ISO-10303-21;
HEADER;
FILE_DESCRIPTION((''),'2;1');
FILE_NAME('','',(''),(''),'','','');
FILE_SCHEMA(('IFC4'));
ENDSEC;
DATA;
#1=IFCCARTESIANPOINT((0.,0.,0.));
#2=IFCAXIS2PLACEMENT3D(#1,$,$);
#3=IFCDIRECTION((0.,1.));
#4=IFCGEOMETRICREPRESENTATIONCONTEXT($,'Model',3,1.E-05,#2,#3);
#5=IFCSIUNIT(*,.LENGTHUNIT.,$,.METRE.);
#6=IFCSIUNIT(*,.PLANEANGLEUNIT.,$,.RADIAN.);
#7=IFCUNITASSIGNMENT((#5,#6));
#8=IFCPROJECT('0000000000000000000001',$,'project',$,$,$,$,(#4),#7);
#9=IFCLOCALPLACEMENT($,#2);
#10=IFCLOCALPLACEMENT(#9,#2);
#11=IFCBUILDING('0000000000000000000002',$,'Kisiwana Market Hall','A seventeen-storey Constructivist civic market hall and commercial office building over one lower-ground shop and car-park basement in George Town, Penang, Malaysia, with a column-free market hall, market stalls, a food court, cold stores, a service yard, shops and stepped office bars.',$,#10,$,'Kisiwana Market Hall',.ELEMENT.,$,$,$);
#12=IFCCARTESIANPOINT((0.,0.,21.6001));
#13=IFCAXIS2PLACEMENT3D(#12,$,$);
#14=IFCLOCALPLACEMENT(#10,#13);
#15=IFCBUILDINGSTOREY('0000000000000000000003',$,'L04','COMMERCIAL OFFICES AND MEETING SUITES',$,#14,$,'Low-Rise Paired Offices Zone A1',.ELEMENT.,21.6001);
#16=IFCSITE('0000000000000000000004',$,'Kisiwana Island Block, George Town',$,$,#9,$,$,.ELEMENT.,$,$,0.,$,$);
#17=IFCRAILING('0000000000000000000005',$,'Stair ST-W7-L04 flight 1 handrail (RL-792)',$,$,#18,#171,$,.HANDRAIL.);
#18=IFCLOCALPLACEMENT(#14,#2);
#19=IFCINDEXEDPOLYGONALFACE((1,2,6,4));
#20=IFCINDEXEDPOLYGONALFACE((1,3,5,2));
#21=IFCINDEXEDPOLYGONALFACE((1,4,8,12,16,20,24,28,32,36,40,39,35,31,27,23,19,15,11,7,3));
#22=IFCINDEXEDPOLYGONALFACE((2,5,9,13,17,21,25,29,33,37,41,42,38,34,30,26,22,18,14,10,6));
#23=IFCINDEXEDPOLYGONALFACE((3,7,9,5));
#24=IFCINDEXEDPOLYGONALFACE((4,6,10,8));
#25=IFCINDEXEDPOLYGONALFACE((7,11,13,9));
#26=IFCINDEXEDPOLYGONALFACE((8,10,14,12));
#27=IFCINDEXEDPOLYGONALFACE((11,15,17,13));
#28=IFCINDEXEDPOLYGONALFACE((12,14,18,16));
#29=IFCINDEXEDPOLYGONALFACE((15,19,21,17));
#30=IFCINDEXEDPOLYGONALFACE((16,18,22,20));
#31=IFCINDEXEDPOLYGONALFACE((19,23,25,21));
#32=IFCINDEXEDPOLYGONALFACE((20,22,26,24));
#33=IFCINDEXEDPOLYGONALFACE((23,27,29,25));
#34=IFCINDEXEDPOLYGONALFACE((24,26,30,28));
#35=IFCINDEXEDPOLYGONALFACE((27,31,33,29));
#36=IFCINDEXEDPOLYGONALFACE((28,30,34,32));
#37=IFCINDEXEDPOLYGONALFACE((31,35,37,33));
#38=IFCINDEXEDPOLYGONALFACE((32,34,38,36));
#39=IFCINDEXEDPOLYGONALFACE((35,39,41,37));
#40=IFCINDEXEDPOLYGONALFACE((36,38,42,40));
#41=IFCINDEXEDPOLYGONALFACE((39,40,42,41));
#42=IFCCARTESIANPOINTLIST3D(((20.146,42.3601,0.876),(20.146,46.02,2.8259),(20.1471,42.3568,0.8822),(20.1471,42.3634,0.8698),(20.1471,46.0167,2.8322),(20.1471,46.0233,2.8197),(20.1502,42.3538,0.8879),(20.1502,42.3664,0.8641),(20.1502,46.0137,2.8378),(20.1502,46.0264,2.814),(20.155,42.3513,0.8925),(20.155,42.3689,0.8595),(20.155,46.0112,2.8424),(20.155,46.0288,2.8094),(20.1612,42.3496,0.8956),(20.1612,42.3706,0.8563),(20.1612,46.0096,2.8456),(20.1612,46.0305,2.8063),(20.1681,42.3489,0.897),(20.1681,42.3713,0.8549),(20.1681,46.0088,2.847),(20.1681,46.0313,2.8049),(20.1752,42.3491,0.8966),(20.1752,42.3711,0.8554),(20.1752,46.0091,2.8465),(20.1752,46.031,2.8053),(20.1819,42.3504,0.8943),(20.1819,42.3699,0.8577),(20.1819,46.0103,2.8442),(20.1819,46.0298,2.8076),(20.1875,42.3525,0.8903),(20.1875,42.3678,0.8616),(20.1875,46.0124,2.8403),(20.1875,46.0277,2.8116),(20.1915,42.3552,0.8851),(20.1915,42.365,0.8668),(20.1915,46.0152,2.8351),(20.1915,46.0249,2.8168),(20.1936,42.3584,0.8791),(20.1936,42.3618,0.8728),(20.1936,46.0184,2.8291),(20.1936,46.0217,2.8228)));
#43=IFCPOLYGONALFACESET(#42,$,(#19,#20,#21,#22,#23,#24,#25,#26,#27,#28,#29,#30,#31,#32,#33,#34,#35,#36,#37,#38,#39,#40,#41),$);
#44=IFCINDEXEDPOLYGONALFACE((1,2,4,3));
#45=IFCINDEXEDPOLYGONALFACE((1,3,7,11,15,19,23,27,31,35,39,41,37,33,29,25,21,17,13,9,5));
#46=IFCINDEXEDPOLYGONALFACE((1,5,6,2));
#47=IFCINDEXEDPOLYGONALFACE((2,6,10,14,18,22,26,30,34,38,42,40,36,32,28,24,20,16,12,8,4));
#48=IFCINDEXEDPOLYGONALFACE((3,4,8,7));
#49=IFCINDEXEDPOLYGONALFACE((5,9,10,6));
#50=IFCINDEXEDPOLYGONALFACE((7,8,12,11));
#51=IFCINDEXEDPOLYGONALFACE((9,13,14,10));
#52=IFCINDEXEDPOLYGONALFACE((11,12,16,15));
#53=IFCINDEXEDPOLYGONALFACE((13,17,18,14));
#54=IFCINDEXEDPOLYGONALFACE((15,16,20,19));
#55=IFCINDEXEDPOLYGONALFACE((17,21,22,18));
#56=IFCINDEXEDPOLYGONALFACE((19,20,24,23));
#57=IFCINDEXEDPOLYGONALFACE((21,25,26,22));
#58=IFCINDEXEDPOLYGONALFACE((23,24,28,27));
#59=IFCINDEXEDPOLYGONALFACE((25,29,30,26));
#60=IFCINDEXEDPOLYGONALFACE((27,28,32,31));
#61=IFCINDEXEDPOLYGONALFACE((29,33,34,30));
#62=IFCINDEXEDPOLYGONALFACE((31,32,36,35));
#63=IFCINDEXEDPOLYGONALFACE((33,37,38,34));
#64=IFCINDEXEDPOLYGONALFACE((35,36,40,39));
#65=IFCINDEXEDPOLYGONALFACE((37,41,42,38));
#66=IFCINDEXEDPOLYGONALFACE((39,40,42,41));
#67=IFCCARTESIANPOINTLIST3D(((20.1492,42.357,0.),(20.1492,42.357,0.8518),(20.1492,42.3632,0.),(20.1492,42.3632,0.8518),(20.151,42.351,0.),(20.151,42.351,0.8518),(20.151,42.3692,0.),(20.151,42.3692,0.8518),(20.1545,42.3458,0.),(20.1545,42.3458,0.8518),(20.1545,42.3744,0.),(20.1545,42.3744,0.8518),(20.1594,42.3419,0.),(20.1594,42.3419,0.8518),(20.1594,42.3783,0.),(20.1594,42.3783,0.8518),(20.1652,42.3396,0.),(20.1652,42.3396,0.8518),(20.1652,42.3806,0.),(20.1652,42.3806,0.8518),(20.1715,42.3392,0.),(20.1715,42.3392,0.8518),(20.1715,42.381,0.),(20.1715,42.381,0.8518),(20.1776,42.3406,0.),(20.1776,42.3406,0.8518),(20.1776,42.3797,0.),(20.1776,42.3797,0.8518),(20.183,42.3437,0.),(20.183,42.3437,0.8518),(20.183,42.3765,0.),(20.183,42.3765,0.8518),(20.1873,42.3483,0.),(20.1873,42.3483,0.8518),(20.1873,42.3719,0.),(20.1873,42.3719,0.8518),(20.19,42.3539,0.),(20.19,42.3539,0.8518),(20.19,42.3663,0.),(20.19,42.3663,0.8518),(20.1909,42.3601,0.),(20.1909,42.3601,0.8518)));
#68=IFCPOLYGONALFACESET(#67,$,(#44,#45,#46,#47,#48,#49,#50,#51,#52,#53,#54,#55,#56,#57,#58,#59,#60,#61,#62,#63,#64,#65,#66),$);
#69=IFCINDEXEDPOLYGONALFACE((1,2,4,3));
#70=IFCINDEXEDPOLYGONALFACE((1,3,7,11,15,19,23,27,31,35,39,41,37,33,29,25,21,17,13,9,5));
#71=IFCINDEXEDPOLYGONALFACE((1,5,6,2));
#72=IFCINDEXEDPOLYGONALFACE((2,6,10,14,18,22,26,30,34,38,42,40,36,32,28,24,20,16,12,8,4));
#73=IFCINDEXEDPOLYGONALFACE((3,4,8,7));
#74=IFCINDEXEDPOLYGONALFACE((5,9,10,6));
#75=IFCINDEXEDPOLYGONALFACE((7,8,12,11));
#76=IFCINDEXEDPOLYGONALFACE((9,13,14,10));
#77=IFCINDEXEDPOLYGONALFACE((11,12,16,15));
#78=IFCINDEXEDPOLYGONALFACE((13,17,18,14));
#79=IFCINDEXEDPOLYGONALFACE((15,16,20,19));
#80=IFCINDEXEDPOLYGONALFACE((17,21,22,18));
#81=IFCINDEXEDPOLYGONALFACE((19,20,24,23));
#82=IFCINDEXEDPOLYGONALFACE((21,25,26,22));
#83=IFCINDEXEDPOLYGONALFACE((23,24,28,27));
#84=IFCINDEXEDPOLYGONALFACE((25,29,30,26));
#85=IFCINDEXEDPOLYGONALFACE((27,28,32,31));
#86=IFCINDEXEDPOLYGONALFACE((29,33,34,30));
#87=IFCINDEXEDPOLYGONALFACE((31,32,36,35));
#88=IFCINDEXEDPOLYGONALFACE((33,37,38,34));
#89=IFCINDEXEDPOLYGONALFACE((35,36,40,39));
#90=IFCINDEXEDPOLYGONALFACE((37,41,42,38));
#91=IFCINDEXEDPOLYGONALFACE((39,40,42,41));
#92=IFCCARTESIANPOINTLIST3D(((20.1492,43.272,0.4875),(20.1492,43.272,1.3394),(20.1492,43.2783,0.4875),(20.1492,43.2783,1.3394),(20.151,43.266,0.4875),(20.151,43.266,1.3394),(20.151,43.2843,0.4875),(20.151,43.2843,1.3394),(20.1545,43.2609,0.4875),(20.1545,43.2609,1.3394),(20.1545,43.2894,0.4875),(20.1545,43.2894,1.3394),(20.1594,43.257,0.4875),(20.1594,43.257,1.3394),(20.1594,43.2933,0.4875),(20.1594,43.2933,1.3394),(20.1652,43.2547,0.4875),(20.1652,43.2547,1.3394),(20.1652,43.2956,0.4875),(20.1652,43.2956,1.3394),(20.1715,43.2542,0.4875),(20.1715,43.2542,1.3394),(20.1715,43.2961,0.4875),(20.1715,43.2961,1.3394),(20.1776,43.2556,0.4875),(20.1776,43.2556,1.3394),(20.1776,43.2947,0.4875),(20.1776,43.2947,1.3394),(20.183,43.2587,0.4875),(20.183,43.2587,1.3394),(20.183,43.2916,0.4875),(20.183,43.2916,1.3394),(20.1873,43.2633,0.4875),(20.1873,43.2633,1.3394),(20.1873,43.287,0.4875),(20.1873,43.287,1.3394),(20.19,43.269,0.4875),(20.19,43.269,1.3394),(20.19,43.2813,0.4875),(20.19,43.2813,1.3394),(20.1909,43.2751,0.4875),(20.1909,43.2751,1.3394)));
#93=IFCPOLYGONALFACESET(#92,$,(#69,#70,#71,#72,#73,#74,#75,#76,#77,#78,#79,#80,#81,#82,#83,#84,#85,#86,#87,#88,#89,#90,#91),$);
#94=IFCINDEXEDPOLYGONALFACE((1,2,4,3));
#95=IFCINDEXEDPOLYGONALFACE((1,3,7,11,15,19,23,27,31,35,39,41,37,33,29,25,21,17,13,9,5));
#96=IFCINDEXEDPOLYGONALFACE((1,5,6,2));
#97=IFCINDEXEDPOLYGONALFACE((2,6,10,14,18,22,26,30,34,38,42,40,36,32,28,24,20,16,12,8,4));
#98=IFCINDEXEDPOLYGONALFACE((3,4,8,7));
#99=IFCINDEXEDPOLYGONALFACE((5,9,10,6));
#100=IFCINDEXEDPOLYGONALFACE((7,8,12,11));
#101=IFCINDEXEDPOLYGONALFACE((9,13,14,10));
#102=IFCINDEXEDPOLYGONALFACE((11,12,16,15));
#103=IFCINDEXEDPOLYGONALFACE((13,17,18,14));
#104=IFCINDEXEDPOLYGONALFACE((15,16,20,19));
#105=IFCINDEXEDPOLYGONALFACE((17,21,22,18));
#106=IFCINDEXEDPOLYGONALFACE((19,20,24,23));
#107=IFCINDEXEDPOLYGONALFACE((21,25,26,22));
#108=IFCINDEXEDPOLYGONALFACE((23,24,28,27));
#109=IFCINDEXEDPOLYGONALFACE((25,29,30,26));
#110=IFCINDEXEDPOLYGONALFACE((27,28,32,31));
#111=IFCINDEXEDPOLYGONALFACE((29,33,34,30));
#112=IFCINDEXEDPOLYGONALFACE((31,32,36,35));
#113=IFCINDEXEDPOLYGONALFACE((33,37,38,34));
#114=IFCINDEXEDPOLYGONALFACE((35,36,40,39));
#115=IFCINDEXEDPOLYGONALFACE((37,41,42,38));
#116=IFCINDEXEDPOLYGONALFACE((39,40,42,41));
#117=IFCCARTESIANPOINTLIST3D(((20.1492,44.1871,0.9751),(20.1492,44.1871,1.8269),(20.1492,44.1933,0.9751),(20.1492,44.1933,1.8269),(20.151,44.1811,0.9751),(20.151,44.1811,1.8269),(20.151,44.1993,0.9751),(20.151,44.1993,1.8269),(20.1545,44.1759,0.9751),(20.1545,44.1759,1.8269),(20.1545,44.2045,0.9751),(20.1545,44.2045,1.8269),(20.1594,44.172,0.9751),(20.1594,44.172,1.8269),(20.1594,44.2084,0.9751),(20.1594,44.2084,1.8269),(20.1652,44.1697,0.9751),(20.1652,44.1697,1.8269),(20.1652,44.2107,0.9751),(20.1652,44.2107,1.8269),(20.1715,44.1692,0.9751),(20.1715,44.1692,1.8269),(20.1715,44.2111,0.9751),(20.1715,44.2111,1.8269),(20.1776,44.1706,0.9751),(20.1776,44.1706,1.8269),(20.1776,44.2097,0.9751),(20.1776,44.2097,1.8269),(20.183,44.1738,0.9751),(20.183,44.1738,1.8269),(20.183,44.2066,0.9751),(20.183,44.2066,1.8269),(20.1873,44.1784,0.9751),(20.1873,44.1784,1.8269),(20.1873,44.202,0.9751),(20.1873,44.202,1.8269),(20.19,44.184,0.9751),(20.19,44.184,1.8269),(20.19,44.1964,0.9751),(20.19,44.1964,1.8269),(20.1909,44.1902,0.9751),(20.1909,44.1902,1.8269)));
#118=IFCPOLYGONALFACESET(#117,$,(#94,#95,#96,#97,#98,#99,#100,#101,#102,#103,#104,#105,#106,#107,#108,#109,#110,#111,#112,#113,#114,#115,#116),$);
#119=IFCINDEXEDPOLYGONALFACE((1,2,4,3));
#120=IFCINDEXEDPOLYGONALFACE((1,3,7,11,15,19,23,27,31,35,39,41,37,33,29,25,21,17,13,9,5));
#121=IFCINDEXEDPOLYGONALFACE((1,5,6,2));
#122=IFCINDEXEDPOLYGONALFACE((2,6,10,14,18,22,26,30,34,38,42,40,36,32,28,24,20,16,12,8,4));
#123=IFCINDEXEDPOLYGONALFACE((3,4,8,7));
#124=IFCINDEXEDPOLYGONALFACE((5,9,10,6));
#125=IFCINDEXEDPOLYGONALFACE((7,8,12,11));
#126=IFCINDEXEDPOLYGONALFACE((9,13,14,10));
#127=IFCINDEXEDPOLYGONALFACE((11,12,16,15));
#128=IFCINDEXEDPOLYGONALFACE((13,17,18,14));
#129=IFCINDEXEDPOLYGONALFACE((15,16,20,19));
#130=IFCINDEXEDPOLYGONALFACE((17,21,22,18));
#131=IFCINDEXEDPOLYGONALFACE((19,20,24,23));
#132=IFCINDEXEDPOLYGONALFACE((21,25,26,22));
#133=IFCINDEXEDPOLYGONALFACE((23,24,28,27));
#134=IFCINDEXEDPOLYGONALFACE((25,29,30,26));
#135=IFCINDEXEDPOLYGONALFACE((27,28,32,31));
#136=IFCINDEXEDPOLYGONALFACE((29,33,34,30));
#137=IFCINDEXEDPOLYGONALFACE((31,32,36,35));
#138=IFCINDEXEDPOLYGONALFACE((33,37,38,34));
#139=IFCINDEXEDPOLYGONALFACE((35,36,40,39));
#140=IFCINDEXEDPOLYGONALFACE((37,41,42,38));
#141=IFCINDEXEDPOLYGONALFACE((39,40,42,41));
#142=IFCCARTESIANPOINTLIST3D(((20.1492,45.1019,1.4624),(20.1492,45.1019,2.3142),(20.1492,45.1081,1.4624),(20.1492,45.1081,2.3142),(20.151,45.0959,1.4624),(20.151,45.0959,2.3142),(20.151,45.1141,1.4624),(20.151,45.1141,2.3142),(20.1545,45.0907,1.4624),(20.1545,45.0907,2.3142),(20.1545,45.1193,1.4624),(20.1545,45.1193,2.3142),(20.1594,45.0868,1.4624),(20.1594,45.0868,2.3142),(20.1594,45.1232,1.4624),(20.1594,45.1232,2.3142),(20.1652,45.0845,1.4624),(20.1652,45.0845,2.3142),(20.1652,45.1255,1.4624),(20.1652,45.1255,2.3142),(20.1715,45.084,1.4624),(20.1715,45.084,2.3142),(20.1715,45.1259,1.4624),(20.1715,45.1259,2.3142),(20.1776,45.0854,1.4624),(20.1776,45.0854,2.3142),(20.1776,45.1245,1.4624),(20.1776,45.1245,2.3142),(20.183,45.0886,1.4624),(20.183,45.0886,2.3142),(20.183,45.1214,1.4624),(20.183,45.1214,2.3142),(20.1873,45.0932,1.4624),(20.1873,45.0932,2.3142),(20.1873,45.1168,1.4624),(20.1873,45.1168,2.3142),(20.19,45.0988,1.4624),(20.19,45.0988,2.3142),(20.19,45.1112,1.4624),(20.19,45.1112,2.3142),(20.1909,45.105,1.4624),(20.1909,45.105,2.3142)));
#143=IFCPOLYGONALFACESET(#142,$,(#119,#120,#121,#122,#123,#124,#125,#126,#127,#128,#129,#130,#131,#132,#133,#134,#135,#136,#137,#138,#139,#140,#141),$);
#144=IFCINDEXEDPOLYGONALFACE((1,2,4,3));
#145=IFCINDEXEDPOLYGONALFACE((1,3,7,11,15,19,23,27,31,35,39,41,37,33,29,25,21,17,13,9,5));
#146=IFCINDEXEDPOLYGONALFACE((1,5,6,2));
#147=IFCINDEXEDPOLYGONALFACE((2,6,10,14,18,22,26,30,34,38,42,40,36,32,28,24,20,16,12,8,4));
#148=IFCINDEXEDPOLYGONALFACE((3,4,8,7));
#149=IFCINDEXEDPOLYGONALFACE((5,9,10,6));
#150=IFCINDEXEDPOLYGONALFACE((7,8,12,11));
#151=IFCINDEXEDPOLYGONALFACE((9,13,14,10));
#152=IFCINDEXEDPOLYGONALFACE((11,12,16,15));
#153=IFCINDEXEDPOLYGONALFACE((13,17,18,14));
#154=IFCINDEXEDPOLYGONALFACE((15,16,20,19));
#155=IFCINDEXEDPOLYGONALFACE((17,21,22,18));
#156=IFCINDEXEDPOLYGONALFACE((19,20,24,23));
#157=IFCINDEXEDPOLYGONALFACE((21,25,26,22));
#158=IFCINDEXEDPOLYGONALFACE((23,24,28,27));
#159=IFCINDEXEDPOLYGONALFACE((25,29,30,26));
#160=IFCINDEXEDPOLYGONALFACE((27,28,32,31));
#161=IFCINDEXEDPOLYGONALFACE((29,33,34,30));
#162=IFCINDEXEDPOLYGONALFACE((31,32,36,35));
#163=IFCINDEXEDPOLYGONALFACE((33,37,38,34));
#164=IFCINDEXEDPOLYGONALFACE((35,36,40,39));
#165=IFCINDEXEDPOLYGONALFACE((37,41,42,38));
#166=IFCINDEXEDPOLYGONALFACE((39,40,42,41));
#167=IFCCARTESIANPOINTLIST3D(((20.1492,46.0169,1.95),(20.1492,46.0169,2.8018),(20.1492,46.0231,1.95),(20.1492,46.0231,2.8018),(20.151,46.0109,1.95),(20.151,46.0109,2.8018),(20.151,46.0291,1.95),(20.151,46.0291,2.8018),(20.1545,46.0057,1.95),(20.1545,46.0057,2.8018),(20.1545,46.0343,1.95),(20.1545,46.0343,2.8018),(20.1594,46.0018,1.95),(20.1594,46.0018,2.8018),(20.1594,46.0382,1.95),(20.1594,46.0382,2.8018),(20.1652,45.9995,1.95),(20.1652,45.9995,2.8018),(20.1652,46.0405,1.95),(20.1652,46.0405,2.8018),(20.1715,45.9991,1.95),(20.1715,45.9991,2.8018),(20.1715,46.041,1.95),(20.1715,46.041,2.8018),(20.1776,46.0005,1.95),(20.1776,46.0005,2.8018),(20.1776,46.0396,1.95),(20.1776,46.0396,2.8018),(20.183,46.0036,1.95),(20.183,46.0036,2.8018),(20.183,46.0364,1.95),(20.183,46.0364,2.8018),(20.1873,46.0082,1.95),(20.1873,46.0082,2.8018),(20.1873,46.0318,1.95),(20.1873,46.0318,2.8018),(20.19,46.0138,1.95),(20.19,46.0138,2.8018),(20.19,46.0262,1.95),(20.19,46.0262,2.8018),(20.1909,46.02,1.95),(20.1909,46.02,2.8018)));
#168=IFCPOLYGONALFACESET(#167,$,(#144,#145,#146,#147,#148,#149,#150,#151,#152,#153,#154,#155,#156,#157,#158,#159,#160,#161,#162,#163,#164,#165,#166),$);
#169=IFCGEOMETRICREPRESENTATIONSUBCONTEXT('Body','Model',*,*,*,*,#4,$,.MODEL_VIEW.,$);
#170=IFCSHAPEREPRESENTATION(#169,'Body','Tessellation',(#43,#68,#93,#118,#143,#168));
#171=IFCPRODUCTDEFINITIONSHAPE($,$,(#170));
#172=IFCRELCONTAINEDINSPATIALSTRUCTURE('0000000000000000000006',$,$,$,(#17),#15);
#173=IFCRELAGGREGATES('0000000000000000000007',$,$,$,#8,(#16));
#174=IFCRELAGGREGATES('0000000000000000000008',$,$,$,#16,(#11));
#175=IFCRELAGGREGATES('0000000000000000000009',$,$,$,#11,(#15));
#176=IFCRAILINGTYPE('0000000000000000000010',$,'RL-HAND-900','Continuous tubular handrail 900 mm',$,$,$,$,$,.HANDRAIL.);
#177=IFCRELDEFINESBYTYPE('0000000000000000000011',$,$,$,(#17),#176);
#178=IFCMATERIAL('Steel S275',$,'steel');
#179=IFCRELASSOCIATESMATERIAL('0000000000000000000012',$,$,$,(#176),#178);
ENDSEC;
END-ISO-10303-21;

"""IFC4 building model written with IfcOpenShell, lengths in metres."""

from ifc_helpers import new_model, si_unit, direction, frame, origin, origin_2d, place, context, subcontext, project, spatial, circle, extrude, material, type_object, element, save


model = new_model("IFC4")

# Units and contexts
model_context = context("Model", 3, precision=1e-05, world=origin(), true_north=direction((0.0, 1.0)))
body_context = subcontext(model_context, "Body", "Model", "MODEL_VIEW")
ifc_project = project(units=[si_unit("LENGTHUNIT", "METRE"), si_unit("PLANEANGLEUNIT", "RADIAN")], contexts=[model_context])

# Site, building, storey
site_placement = place(None, origin())
site = spatial("IfcSite", under=ifc_project, at=site_placement, Name="Kisiwana Island Block, George Town", CompositionType="ELEMENT", RefElevation=0.0)
building_placement = place(site_placement, origin())
building = spatial("IfcBuilding", under=site, at=building_placement, Name="Kisiwana Market Hall", Description="A seventeen-storey Constructivist civic market hall and commercial office building over one lower-ground shop and car-park basement in George Town, Penang, Malaysia, with a column-free market hall, market stalls, a food court, cold stores, a service yard, shops and stepped office bars.", LongName="Kisiwana Market Hall", CompositionType="ELEMENT")
storey_placement = place(building_placement, frame((0.0, 0.0, 21.6001)))
storey = spatial("IfcBuildingStorey", under=building, at=storey_placement, Name="L04", Description="COMMERCIAL OFFICES AND MEETING SUITES", LongName="Low-Rise Paired Offices Zone A1", CompositionType="ELEMENT", Elevation=21.6001)

# Railing
ifc_material_1 = material(Name="Steel S275", Category="steel")
railing_type_1 = type_object("IfcRailingType", Name="RL-HAND-900", Description="Continuous tubular handrail 900 mm", PredefinedType="HANDRAIL", material=ifc_material_1)
for number, where, name in (
    (1, (20.1699, 42.3601, 0.0), "Stair ST-W7-L04 flight 1 handrail (RL-792)"),
):
    element("IfcRailing", number, at=place(storey_placement, frame(where)), inside=storey, type_object=railing_type_1, Name=name, PredefinedType="HANDRAIL", context=body_context, shape_type="SweptSolid", body=[
        extrude(circle(Radius=0.0239, at=origin_2d()), frame((0.0, 0.0, 0.876), z_axis=(0.0, 0.882553, 0.470212), x_axis=(-1.0, 0.0, 0.0)), (0.0, 0.0, 1.0), 4.147),
        extrude(circle(Radius=0.021, at=origin_2d()), origin(), (0.0, 0.0, 1.0), 0.8518),
        extrude(circle(Radius=0.021, at=origin_2d()), frame((0.0, 0.915, 0.4875)), (0.0, 0.0, 1.0), 0.8518),
        extrude(circle(Radius=0.021, at=origin_2d()), frame((0.0, 1.8301, 0.9751)), (0.0, 0.0, 1.0), 0.8518),
        extrude(circle(Radius=0.021, at=origin_2d()), frame((0.0, 2.7449, 1.4624)), (0.0, 0.0, 1.0), 0.8518),
        extrude(circle(Radius=0.021, at=origin_2d()), frame((0.0, 3.6599, 1.95)), (0.0, 0.0, 1.0), 0.8518),
    ])

save(model, "model.ifc")
